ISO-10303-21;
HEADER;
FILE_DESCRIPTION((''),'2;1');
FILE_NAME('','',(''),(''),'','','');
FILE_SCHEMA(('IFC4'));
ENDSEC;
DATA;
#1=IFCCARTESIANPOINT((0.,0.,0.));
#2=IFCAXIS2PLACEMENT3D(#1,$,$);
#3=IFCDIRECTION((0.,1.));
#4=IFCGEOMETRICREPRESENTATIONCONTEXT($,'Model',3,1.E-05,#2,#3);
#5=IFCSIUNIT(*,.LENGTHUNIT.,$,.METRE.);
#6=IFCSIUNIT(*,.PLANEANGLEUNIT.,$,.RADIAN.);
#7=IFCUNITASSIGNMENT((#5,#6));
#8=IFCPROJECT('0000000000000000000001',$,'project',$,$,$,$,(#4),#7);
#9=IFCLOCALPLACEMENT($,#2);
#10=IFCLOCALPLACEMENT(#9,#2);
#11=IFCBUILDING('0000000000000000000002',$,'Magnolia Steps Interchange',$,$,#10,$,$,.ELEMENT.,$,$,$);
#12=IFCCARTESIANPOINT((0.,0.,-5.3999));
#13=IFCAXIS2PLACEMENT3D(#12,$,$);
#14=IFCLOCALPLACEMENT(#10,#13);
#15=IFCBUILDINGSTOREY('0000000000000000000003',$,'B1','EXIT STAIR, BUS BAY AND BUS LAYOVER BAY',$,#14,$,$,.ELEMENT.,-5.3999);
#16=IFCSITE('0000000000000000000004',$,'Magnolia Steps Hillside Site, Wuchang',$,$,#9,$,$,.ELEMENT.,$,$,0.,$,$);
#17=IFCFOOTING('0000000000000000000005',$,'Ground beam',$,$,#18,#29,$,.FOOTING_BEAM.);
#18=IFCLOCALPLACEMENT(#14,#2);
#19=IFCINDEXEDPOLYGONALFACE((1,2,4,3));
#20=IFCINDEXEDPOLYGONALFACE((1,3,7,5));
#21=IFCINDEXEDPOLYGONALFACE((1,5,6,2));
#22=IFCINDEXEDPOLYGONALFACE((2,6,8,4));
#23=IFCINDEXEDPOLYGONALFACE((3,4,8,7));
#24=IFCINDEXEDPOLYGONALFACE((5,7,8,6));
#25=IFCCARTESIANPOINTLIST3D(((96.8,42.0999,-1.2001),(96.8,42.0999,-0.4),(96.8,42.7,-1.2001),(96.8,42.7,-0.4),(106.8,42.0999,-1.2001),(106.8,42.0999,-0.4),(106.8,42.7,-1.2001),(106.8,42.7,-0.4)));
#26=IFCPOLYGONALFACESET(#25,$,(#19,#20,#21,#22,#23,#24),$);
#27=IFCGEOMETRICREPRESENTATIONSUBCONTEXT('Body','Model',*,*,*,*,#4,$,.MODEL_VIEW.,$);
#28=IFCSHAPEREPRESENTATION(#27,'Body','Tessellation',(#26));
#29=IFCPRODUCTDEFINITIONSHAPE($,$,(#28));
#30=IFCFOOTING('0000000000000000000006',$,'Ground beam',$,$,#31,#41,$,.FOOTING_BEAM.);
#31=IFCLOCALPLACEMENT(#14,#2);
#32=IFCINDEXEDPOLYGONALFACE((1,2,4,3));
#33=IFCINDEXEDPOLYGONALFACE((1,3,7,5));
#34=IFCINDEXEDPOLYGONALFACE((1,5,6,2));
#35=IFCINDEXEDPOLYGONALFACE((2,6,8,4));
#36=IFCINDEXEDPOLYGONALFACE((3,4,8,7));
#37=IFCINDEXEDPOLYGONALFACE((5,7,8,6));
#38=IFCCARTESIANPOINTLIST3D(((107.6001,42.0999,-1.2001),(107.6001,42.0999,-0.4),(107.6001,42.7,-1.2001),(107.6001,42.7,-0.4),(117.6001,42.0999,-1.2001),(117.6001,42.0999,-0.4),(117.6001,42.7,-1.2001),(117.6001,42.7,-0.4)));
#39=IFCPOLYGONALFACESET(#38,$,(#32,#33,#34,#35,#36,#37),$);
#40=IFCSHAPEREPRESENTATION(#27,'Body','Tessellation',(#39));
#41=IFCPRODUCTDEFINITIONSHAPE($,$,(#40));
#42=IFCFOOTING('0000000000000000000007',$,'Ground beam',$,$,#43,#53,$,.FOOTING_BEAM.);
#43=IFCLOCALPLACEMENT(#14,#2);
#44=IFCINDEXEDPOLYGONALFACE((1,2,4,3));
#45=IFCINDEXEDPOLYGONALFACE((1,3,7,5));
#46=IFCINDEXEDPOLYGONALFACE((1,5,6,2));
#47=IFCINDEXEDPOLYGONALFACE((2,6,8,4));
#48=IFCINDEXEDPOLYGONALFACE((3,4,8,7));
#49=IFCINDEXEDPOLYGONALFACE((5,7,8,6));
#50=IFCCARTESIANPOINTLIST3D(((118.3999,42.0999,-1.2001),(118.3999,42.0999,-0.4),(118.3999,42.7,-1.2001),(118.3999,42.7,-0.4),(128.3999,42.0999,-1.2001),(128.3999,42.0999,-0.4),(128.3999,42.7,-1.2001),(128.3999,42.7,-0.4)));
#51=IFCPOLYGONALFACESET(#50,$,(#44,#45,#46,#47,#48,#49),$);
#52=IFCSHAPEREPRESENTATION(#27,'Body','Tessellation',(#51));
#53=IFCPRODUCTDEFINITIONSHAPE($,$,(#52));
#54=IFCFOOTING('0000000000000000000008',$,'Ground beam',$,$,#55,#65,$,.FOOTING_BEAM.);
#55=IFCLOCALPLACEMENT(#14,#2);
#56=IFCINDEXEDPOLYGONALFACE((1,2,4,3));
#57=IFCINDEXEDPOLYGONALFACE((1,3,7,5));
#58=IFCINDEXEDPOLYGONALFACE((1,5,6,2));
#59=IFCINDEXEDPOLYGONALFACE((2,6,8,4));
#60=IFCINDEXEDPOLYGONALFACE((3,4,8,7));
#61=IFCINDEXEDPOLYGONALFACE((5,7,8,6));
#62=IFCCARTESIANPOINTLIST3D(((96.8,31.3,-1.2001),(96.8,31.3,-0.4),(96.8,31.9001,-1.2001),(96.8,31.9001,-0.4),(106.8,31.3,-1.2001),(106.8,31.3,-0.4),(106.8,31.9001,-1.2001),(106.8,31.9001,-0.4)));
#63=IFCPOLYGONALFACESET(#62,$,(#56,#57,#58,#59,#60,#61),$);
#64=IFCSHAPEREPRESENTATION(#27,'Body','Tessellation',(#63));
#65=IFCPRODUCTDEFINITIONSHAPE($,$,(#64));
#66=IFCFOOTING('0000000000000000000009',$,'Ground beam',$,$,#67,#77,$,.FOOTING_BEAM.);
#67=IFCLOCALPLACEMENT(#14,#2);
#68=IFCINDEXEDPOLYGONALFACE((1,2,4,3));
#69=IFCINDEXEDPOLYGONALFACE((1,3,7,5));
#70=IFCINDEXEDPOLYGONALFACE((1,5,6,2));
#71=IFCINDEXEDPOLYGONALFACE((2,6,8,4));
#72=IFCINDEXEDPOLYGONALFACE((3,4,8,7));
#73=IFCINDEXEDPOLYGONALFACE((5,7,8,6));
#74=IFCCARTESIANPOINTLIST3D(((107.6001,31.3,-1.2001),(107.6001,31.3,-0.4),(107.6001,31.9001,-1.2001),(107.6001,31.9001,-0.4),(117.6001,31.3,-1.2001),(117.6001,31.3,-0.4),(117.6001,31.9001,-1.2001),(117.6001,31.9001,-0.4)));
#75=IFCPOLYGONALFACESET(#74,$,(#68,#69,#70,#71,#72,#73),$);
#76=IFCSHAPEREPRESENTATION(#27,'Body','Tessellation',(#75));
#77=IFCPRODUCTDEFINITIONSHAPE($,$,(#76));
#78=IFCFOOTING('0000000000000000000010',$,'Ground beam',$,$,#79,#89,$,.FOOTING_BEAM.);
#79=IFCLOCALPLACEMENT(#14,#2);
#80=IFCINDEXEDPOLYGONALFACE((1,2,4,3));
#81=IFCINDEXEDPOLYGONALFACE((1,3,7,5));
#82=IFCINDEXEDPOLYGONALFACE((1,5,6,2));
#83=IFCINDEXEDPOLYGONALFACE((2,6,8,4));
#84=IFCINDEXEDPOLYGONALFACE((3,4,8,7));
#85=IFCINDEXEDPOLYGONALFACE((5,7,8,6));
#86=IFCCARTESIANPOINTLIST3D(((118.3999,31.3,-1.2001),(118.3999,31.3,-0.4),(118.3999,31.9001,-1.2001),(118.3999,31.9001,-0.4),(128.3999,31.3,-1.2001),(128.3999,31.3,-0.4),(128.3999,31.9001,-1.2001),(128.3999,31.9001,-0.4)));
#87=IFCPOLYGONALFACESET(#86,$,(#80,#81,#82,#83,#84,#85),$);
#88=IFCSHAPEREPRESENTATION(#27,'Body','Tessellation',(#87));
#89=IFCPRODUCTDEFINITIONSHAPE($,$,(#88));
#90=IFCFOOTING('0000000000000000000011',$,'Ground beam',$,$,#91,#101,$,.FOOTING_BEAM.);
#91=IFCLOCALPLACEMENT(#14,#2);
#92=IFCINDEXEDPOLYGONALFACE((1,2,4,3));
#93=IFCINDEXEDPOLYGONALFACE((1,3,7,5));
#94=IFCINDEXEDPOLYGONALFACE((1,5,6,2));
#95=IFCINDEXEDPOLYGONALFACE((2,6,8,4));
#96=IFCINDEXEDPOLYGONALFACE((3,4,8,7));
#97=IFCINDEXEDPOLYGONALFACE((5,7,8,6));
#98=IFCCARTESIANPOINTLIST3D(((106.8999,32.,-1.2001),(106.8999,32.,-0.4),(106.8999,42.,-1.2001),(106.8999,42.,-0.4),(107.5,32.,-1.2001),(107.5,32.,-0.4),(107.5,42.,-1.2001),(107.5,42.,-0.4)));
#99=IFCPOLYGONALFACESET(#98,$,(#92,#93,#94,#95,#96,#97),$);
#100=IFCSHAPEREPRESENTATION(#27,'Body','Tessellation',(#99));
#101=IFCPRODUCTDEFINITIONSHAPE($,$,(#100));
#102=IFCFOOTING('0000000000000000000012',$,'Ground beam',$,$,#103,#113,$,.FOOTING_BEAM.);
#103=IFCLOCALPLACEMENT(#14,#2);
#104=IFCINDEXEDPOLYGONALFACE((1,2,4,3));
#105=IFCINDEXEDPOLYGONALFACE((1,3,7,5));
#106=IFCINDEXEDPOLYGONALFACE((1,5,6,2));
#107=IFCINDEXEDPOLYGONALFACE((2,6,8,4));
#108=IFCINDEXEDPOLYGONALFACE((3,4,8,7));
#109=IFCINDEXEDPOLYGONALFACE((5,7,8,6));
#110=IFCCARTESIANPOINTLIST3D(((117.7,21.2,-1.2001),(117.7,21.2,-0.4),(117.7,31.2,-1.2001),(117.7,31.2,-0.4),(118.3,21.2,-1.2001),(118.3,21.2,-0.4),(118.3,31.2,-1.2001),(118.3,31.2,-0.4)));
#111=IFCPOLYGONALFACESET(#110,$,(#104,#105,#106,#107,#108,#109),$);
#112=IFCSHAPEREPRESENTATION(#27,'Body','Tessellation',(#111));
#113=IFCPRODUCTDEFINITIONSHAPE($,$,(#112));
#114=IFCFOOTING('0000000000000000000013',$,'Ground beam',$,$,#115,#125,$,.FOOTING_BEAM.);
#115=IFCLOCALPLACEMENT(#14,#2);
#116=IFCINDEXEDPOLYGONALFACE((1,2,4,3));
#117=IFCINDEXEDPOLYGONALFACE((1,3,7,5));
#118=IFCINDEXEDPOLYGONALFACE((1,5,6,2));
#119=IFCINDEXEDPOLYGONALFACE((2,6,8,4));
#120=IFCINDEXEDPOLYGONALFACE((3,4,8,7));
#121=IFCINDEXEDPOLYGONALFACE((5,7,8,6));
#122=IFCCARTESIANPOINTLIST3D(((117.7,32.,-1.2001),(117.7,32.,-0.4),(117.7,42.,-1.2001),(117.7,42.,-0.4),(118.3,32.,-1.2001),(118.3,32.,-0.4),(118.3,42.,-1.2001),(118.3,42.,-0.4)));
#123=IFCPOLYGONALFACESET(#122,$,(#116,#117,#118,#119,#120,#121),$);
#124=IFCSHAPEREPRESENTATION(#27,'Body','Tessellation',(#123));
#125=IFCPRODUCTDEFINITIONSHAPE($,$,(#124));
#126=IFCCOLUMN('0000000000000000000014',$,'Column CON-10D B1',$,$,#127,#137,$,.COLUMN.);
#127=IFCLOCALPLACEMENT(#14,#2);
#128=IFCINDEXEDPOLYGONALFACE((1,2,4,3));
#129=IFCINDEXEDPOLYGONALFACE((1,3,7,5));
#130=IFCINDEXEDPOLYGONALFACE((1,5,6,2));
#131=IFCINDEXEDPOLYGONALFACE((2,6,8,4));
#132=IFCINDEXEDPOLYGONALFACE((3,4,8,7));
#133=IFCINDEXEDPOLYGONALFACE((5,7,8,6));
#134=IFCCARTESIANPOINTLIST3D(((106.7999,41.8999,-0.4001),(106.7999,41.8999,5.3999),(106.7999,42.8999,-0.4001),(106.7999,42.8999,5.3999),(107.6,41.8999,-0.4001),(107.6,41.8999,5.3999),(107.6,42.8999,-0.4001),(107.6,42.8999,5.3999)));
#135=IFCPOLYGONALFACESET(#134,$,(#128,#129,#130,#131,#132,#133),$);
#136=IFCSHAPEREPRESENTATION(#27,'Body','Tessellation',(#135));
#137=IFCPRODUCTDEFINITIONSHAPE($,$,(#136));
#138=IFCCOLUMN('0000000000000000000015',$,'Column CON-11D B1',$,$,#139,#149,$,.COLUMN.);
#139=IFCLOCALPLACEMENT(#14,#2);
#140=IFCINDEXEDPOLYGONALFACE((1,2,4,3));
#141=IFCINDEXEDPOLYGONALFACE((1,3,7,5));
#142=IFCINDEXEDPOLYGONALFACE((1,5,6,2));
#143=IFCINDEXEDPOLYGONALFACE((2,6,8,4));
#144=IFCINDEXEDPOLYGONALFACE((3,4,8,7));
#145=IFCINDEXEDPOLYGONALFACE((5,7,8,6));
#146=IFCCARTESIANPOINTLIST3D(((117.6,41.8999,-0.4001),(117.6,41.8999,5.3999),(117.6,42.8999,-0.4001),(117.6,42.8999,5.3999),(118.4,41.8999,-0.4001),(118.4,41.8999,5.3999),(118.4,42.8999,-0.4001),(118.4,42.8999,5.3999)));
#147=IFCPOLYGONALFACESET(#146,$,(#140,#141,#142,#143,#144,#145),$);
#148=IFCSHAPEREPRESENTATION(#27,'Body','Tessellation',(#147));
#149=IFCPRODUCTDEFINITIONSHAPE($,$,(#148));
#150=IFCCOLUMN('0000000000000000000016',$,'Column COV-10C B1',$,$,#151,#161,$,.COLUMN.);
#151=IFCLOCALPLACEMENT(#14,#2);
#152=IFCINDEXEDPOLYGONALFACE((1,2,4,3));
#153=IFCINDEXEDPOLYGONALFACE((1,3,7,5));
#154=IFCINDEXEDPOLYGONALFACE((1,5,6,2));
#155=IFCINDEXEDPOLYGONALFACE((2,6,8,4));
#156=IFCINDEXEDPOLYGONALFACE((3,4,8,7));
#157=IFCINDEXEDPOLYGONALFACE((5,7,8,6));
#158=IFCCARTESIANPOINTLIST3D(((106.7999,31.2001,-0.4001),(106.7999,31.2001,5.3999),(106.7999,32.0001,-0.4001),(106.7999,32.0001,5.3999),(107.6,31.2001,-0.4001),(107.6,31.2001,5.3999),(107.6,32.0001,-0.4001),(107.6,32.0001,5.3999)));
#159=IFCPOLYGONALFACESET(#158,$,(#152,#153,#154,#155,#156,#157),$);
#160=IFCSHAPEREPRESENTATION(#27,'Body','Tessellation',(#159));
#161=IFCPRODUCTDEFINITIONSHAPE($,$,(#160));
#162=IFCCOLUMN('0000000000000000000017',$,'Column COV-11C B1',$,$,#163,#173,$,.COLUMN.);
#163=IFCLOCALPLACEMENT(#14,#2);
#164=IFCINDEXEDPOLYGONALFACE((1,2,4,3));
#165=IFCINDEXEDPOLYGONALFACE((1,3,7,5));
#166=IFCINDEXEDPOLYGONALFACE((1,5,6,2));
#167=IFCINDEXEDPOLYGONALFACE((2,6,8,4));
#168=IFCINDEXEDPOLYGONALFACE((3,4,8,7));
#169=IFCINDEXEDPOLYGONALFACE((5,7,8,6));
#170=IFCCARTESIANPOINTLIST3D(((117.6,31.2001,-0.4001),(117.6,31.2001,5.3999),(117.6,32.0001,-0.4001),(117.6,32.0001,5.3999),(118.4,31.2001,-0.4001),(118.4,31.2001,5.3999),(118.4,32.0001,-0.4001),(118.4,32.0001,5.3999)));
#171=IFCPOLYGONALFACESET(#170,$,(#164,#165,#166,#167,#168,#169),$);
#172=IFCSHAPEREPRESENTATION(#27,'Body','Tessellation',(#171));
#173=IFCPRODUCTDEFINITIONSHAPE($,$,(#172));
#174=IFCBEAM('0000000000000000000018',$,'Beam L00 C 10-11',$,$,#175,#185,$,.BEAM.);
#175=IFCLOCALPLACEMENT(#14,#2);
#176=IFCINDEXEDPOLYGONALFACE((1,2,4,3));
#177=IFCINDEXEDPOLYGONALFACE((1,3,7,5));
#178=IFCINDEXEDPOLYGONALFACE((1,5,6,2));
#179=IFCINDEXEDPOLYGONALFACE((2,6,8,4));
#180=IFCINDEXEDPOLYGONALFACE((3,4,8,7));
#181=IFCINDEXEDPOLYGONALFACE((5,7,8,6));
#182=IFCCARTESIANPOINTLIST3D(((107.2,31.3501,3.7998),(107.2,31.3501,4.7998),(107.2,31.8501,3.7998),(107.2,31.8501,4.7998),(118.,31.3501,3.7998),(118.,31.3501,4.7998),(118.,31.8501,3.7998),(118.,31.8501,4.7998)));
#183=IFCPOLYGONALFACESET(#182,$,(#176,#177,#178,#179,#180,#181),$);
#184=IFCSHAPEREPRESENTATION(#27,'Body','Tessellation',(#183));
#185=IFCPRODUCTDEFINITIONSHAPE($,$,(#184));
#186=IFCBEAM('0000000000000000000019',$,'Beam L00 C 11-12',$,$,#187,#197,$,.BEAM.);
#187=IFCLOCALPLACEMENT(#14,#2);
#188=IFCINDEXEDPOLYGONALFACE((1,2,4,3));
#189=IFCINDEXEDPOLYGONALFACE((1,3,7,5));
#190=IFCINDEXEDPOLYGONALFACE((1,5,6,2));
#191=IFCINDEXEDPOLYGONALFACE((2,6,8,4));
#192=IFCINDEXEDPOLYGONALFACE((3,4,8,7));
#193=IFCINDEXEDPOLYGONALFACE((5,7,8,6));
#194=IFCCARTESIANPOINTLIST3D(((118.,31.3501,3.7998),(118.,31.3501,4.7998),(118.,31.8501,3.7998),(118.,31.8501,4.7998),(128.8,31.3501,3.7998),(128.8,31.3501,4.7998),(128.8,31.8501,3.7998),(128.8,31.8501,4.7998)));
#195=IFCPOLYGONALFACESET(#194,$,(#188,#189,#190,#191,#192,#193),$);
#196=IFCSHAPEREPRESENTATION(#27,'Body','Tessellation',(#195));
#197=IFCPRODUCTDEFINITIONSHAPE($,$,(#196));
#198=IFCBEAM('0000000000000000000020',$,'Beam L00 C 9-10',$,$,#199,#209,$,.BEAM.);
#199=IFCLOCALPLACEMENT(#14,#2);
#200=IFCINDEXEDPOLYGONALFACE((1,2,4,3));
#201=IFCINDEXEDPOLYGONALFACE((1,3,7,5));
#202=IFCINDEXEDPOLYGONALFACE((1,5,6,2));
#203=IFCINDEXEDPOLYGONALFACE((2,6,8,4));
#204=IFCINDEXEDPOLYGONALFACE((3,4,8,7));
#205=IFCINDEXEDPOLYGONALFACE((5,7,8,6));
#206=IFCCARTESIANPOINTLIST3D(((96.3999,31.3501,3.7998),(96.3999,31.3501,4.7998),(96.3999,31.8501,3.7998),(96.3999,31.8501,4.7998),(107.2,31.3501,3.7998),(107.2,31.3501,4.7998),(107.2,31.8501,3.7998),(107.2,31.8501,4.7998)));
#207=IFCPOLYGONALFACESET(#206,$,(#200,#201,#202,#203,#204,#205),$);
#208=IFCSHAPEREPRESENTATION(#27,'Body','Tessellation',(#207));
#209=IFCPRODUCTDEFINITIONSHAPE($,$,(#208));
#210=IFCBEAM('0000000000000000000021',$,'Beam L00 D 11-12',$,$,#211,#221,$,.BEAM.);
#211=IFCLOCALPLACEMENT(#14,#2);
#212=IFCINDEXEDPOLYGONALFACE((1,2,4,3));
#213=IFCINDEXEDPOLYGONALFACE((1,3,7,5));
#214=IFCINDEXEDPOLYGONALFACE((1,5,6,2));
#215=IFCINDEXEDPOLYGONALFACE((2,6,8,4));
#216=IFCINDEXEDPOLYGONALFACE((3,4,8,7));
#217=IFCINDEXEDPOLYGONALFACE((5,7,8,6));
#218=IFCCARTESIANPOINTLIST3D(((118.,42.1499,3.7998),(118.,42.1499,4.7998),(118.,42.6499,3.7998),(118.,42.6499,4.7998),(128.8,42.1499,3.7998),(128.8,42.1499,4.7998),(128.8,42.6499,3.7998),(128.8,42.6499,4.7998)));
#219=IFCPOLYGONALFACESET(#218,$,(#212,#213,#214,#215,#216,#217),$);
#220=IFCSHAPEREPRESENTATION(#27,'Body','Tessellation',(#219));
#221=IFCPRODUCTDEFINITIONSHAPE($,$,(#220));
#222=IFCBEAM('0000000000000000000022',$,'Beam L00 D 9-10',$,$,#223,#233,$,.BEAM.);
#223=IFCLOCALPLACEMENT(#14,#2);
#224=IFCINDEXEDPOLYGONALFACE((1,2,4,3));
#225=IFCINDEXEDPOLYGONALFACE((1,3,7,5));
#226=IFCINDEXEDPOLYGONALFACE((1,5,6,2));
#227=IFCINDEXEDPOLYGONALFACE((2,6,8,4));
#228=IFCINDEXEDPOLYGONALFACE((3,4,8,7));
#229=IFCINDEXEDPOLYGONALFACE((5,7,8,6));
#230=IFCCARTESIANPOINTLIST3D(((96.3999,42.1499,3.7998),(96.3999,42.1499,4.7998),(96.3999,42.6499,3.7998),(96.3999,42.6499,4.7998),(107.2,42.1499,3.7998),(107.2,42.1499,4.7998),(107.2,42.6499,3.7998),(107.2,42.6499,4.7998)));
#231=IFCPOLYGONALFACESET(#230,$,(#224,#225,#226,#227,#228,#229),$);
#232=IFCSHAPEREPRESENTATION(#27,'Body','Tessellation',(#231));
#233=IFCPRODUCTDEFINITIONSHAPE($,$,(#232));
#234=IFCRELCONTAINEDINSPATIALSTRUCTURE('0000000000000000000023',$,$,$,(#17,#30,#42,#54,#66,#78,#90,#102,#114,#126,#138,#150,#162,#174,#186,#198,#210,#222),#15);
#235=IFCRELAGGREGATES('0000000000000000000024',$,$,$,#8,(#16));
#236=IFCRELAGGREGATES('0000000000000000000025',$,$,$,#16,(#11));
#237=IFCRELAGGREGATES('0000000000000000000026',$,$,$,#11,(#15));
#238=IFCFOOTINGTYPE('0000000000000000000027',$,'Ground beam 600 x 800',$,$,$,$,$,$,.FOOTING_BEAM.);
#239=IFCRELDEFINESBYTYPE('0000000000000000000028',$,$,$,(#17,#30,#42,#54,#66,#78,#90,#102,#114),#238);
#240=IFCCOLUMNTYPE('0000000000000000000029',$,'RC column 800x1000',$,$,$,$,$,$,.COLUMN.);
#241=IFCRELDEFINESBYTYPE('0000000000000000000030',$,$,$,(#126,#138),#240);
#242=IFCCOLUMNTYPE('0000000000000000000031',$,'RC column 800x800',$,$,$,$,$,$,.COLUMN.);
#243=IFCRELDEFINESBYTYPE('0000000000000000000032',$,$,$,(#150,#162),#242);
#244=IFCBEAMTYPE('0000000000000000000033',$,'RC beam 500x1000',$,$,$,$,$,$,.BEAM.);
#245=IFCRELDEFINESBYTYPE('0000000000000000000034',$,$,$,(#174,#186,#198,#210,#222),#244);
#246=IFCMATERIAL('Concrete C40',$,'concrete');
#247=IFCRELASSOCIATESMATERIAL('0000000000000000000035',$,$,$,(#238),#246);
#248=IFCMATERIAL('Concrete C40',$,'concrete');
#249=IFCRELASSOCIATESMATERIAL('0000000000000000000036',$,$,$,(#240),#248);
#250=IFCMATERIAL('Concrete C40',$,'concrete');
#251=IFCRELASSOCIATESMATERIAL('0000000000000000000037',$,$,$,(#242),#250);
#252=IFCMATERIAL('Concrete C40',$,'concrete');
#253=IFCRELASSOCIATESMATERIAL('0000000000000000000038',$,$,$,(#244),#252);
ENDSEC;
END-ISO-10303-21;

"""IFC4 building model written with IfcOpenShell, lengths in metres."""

from ifc_helpers import new_model, si_unit, direction, frame, origin, origin_2d, place, context, subcontext, project, spatial, rectangle, extrude, material, material_profile, profile_set, type_object, element, save


model = new_model("IFC4")

# Units and contexts
model_context = context("Model", 3, precision=1e-05, world=origin(), true_north=direction((0.0, 1.0)))
body_context = subcontext(model_context, "Body", "Model", "MODEL_VIEW")
ifc_project = project(units=[si_unit("LENGTHUNIT", "METRE"), si_unit("PLANEANGLEUNIT", "RADIAN")], contexts=[model_context])

# Site, building, storey
site_placement = place(None, origin())
site = spatial("IfcSite", under=ifc_project, at=site_placement, Name="Magnolia Steps Hillside Site, Wuchang", CompositionType="ELEMENT", RefElevation=0.0)
building_placement = place(site_placement, origin())
building = spatial("IfcBuilding", under=site, at=building_placement, Name="Magnolia Steps Interchange", CompositionType="ELEMENT")
storey_placement = place(building_placement, frame((0.0, 0.0, -5.3999)))
storey = spatial("IfcBuildingStorey", under=building, at=storey_placement, Name="B1", Description="EXIT STAIR, BUS BAY AND BUS LAYOVER BAY", CompositionType="ELEMENT", Elevation=-5.3999)

# Footings
ifc_material_1 = material(Name="Concrete C40", Category="concrete")
ifc_material_profile_1 = material_profile(ifc_material_1, rectangle(XDim=0.6001, YDim=0.8, at=origin_2d()), Name="RC600x800")
ifc_profile_set_1 = profile_set([ifc_material_profile_1], Name="Concrete C40")
footing_type = type_object("IfcFootingType", Name="Ground beam 600 x 800", PredefinedType="FOOTING_BEAM", material=ifc_profile_set_1)
for number, where, z_axis, x_axis, name in (
    (1, (96.8, 42.3999, -0.8), (1.0, 0.0, 0.0), (0.0, 1.0, 0.0), "Ground beam"),
    (2, (107.6001, 42.3999, -0.8), (1.0, 0.0, 0.0), (0.0, 1.0, 0.0), "Ground beam"),
    (3, (118.3999, 42.3999, -0.8), (1.0, 0.0, 0.0), (0.0, 1.0, 0.0), "Ground beam"),
    (4, (96.8, 31.6001, -0.8), (1.0, 0.0, 0.0), (0.0, 1.0, 0.0), "Ground beam"),
    (5, (107.6001, 31.6001, -0.8), (1.0, 0.0, 0.0), (0.0, 1.0, 0.0), "Ground beam"),
    (6, (118.3999, 31.6001, -0.8), (1.0, 0.0, 0.0), (0.0, 1.0, 0.0), "Ground beam"),
    (7, (107.2, 32.0, -0.8), (0.0, 1.0, 0.0), (-1.0, 0.0, 0.0), "Ground beam"),
    (8, (118.0, 21.2, -0.8), (0.0, 1.0, 0.0), (-1.0, 0.0, 0.0), "Ground beam"),
    (9, (118.0, 32.0, -0.8), (0.0, 1.0, 0.0), (-1.0, 0.0, 0.0), "Ground beam"),
):
    element("IfcFooting", number, at=place(storey_placement, frame(where, z_axis=z_axis, x_axis=x_axis)), inside=storey, type_object=footing_type, Name=name, PredefinedType="FOOTING_BEAM", context=body_context, shape_type="SweptSolid", body=[
        extrude(rectangle(XDim=0.6001, YDim=0.8, at=origin_2d()), origin(), (0.0, 0.0, 1.0), 10.0),
    ])

# Columns
ifc_material_2 = material(Name="Concrete C40", Category="concrete")
ifc_material_profile_2 = material_profile(ifc_material_2, rectangle(XDim=0.8, YDim=1.0, at=origin_2d()), Name="RC800x1000")
ifc_profile_set_2 = profile_set([ifc_material_profile_2], Name="Concrete C40")
column_type_1 = type_object("IfcColumnType", Name="RC column 800x1000", PredefinedType="COLUMN", material=ifc_profile_set_2)
for number, where, z_axis, x_axis, name in (
    (10, (107.2, 42.3999, -0.4001), (0.0, 0.0, 1.0), (1.0, 0.0, 0.0), "Column CON-10D B1"),
    (11, (118.0, 42.3999, -0.4001), (0.0, 0.0, 1.0), (1.0, 0.0, 0.0), "Column CON-11D B1"),
):
    element("IfcColumn", number, at=place(storey_placement, frame(where, z_axis=z_axis, x_axis=x_axis)), inside=storey, type_object=column_type_1, Name=name, PredefinedType="COLUMN", context=body_context, shape_type="SweptSolid", body=[
        extrude(rectangle(XDim=0.8, YDim=1.0, at=origin_2d()), origin(), (0.0, 0.0, 1.0), 5.8),
    ])
ifc_material_3 = material(Name="Concrete C40", Category="concrete")
ifc_material_profile_3 = material_profile(ifc_material_3, rectangle(XDim=0.8, YDim=0.8, at=origin_2d()), Name="RC800x800")
ifc_profile_set_3 = profile_set([ifc_material_profile_3], Name="Concrete C40")
column_type_2 = type_object("IfcColumnType", Name="RC column 800x800", PredefinedType="COLUMN", material=ifc_profile_set_3)
for number, where, z_axis, x_axis, name in (
    (12, (107.2, 31.6001, -0.4001), (0.0, 0.0, 1.0), (1.0, 0.0, 0.0), "Column COV-10C B1"),
    (13, (118.0, 31.6001, -0.4001), (0.0, 0.0, 1.0), (1.0, 0.0, 0.0), "Column COV-11C B1"),
):
    element("IfcColumn", number, at=place(storey_placement, frame(where, z_axis=z_axis, x_axis=x_axis)), inside=storey, type_object=column_type_2, Name=name, PredefinedType="COLUMN", context=body_context, shape_type="SweptSolid", body=[
        extrude(rectangle(XDim=0.8, YDim=0.8, at=origin_2d()), origin(), (0.0, 0.0, 1.0), 5.8),
    ])

# Beams
ifc_material_4 = material(Name="Concrete C40", Category="concrete")
ifc_material_profile_4 = material_profile(ifc_material_4, rectangle(XDim=0.5, YDim=1.0, at=origin_2d()), Name="RC500x1000")
ifc_profile_set_4 = profile_set([ifc_material_profile_4], Name="Concrete C40")
beam_type = type_object("IfcBeamType", Name="RC beam 500x1000", PredefinedType="BEAM", material=ifc_profile_set_4)
for number, where, z_axis, x_axis, name in (
    (14, (107.2, 31.6001, 4.2998), (1.0, 0.0, 0.0), (0.0, 1.0, 0.0), "Beam L00 C 10-11"),
    (15, (118.0, 31.6001, 4.2998), (1.0, 0.0, 0.0), (0.0, 1.0, 0.0), "Beam L00 C 11-12"),
    (16, (96.3999, 31.6001, 4.2998), (1.0, 0.0, 0.0), (0.0, 1.0, 0.0), "Beam L00 C 9-10"),
    (17, (118.0, 42.3999, 4.2998), (1.0, 0.0, 0.0), (0.0, 1.0, 0.0), "Beam L00 D 11-12"),
    (18, (96.3999, 42.3999, 4.2998), (1.0, 0.0, 0.0), (0.0, 1.0, 0.0), "Beam L00 D 9-10"),
):
    element("IfcBeam", number, at=place(storey_placement, frame(where, z_axis=z_axis, x_axis=x_axis)), inside=storey, type_object=beam_type, Name=name, PredefinedType="BEAM", context=body_context, shape_type="SweptSolid", body=[
        extrude(rectangle(XDim=0.5, YDim=1.0, at=origin_2d()), origin(), (0.0, 0.0, 1.0), 10.8),
    ])

save(model, "model.ifc")
